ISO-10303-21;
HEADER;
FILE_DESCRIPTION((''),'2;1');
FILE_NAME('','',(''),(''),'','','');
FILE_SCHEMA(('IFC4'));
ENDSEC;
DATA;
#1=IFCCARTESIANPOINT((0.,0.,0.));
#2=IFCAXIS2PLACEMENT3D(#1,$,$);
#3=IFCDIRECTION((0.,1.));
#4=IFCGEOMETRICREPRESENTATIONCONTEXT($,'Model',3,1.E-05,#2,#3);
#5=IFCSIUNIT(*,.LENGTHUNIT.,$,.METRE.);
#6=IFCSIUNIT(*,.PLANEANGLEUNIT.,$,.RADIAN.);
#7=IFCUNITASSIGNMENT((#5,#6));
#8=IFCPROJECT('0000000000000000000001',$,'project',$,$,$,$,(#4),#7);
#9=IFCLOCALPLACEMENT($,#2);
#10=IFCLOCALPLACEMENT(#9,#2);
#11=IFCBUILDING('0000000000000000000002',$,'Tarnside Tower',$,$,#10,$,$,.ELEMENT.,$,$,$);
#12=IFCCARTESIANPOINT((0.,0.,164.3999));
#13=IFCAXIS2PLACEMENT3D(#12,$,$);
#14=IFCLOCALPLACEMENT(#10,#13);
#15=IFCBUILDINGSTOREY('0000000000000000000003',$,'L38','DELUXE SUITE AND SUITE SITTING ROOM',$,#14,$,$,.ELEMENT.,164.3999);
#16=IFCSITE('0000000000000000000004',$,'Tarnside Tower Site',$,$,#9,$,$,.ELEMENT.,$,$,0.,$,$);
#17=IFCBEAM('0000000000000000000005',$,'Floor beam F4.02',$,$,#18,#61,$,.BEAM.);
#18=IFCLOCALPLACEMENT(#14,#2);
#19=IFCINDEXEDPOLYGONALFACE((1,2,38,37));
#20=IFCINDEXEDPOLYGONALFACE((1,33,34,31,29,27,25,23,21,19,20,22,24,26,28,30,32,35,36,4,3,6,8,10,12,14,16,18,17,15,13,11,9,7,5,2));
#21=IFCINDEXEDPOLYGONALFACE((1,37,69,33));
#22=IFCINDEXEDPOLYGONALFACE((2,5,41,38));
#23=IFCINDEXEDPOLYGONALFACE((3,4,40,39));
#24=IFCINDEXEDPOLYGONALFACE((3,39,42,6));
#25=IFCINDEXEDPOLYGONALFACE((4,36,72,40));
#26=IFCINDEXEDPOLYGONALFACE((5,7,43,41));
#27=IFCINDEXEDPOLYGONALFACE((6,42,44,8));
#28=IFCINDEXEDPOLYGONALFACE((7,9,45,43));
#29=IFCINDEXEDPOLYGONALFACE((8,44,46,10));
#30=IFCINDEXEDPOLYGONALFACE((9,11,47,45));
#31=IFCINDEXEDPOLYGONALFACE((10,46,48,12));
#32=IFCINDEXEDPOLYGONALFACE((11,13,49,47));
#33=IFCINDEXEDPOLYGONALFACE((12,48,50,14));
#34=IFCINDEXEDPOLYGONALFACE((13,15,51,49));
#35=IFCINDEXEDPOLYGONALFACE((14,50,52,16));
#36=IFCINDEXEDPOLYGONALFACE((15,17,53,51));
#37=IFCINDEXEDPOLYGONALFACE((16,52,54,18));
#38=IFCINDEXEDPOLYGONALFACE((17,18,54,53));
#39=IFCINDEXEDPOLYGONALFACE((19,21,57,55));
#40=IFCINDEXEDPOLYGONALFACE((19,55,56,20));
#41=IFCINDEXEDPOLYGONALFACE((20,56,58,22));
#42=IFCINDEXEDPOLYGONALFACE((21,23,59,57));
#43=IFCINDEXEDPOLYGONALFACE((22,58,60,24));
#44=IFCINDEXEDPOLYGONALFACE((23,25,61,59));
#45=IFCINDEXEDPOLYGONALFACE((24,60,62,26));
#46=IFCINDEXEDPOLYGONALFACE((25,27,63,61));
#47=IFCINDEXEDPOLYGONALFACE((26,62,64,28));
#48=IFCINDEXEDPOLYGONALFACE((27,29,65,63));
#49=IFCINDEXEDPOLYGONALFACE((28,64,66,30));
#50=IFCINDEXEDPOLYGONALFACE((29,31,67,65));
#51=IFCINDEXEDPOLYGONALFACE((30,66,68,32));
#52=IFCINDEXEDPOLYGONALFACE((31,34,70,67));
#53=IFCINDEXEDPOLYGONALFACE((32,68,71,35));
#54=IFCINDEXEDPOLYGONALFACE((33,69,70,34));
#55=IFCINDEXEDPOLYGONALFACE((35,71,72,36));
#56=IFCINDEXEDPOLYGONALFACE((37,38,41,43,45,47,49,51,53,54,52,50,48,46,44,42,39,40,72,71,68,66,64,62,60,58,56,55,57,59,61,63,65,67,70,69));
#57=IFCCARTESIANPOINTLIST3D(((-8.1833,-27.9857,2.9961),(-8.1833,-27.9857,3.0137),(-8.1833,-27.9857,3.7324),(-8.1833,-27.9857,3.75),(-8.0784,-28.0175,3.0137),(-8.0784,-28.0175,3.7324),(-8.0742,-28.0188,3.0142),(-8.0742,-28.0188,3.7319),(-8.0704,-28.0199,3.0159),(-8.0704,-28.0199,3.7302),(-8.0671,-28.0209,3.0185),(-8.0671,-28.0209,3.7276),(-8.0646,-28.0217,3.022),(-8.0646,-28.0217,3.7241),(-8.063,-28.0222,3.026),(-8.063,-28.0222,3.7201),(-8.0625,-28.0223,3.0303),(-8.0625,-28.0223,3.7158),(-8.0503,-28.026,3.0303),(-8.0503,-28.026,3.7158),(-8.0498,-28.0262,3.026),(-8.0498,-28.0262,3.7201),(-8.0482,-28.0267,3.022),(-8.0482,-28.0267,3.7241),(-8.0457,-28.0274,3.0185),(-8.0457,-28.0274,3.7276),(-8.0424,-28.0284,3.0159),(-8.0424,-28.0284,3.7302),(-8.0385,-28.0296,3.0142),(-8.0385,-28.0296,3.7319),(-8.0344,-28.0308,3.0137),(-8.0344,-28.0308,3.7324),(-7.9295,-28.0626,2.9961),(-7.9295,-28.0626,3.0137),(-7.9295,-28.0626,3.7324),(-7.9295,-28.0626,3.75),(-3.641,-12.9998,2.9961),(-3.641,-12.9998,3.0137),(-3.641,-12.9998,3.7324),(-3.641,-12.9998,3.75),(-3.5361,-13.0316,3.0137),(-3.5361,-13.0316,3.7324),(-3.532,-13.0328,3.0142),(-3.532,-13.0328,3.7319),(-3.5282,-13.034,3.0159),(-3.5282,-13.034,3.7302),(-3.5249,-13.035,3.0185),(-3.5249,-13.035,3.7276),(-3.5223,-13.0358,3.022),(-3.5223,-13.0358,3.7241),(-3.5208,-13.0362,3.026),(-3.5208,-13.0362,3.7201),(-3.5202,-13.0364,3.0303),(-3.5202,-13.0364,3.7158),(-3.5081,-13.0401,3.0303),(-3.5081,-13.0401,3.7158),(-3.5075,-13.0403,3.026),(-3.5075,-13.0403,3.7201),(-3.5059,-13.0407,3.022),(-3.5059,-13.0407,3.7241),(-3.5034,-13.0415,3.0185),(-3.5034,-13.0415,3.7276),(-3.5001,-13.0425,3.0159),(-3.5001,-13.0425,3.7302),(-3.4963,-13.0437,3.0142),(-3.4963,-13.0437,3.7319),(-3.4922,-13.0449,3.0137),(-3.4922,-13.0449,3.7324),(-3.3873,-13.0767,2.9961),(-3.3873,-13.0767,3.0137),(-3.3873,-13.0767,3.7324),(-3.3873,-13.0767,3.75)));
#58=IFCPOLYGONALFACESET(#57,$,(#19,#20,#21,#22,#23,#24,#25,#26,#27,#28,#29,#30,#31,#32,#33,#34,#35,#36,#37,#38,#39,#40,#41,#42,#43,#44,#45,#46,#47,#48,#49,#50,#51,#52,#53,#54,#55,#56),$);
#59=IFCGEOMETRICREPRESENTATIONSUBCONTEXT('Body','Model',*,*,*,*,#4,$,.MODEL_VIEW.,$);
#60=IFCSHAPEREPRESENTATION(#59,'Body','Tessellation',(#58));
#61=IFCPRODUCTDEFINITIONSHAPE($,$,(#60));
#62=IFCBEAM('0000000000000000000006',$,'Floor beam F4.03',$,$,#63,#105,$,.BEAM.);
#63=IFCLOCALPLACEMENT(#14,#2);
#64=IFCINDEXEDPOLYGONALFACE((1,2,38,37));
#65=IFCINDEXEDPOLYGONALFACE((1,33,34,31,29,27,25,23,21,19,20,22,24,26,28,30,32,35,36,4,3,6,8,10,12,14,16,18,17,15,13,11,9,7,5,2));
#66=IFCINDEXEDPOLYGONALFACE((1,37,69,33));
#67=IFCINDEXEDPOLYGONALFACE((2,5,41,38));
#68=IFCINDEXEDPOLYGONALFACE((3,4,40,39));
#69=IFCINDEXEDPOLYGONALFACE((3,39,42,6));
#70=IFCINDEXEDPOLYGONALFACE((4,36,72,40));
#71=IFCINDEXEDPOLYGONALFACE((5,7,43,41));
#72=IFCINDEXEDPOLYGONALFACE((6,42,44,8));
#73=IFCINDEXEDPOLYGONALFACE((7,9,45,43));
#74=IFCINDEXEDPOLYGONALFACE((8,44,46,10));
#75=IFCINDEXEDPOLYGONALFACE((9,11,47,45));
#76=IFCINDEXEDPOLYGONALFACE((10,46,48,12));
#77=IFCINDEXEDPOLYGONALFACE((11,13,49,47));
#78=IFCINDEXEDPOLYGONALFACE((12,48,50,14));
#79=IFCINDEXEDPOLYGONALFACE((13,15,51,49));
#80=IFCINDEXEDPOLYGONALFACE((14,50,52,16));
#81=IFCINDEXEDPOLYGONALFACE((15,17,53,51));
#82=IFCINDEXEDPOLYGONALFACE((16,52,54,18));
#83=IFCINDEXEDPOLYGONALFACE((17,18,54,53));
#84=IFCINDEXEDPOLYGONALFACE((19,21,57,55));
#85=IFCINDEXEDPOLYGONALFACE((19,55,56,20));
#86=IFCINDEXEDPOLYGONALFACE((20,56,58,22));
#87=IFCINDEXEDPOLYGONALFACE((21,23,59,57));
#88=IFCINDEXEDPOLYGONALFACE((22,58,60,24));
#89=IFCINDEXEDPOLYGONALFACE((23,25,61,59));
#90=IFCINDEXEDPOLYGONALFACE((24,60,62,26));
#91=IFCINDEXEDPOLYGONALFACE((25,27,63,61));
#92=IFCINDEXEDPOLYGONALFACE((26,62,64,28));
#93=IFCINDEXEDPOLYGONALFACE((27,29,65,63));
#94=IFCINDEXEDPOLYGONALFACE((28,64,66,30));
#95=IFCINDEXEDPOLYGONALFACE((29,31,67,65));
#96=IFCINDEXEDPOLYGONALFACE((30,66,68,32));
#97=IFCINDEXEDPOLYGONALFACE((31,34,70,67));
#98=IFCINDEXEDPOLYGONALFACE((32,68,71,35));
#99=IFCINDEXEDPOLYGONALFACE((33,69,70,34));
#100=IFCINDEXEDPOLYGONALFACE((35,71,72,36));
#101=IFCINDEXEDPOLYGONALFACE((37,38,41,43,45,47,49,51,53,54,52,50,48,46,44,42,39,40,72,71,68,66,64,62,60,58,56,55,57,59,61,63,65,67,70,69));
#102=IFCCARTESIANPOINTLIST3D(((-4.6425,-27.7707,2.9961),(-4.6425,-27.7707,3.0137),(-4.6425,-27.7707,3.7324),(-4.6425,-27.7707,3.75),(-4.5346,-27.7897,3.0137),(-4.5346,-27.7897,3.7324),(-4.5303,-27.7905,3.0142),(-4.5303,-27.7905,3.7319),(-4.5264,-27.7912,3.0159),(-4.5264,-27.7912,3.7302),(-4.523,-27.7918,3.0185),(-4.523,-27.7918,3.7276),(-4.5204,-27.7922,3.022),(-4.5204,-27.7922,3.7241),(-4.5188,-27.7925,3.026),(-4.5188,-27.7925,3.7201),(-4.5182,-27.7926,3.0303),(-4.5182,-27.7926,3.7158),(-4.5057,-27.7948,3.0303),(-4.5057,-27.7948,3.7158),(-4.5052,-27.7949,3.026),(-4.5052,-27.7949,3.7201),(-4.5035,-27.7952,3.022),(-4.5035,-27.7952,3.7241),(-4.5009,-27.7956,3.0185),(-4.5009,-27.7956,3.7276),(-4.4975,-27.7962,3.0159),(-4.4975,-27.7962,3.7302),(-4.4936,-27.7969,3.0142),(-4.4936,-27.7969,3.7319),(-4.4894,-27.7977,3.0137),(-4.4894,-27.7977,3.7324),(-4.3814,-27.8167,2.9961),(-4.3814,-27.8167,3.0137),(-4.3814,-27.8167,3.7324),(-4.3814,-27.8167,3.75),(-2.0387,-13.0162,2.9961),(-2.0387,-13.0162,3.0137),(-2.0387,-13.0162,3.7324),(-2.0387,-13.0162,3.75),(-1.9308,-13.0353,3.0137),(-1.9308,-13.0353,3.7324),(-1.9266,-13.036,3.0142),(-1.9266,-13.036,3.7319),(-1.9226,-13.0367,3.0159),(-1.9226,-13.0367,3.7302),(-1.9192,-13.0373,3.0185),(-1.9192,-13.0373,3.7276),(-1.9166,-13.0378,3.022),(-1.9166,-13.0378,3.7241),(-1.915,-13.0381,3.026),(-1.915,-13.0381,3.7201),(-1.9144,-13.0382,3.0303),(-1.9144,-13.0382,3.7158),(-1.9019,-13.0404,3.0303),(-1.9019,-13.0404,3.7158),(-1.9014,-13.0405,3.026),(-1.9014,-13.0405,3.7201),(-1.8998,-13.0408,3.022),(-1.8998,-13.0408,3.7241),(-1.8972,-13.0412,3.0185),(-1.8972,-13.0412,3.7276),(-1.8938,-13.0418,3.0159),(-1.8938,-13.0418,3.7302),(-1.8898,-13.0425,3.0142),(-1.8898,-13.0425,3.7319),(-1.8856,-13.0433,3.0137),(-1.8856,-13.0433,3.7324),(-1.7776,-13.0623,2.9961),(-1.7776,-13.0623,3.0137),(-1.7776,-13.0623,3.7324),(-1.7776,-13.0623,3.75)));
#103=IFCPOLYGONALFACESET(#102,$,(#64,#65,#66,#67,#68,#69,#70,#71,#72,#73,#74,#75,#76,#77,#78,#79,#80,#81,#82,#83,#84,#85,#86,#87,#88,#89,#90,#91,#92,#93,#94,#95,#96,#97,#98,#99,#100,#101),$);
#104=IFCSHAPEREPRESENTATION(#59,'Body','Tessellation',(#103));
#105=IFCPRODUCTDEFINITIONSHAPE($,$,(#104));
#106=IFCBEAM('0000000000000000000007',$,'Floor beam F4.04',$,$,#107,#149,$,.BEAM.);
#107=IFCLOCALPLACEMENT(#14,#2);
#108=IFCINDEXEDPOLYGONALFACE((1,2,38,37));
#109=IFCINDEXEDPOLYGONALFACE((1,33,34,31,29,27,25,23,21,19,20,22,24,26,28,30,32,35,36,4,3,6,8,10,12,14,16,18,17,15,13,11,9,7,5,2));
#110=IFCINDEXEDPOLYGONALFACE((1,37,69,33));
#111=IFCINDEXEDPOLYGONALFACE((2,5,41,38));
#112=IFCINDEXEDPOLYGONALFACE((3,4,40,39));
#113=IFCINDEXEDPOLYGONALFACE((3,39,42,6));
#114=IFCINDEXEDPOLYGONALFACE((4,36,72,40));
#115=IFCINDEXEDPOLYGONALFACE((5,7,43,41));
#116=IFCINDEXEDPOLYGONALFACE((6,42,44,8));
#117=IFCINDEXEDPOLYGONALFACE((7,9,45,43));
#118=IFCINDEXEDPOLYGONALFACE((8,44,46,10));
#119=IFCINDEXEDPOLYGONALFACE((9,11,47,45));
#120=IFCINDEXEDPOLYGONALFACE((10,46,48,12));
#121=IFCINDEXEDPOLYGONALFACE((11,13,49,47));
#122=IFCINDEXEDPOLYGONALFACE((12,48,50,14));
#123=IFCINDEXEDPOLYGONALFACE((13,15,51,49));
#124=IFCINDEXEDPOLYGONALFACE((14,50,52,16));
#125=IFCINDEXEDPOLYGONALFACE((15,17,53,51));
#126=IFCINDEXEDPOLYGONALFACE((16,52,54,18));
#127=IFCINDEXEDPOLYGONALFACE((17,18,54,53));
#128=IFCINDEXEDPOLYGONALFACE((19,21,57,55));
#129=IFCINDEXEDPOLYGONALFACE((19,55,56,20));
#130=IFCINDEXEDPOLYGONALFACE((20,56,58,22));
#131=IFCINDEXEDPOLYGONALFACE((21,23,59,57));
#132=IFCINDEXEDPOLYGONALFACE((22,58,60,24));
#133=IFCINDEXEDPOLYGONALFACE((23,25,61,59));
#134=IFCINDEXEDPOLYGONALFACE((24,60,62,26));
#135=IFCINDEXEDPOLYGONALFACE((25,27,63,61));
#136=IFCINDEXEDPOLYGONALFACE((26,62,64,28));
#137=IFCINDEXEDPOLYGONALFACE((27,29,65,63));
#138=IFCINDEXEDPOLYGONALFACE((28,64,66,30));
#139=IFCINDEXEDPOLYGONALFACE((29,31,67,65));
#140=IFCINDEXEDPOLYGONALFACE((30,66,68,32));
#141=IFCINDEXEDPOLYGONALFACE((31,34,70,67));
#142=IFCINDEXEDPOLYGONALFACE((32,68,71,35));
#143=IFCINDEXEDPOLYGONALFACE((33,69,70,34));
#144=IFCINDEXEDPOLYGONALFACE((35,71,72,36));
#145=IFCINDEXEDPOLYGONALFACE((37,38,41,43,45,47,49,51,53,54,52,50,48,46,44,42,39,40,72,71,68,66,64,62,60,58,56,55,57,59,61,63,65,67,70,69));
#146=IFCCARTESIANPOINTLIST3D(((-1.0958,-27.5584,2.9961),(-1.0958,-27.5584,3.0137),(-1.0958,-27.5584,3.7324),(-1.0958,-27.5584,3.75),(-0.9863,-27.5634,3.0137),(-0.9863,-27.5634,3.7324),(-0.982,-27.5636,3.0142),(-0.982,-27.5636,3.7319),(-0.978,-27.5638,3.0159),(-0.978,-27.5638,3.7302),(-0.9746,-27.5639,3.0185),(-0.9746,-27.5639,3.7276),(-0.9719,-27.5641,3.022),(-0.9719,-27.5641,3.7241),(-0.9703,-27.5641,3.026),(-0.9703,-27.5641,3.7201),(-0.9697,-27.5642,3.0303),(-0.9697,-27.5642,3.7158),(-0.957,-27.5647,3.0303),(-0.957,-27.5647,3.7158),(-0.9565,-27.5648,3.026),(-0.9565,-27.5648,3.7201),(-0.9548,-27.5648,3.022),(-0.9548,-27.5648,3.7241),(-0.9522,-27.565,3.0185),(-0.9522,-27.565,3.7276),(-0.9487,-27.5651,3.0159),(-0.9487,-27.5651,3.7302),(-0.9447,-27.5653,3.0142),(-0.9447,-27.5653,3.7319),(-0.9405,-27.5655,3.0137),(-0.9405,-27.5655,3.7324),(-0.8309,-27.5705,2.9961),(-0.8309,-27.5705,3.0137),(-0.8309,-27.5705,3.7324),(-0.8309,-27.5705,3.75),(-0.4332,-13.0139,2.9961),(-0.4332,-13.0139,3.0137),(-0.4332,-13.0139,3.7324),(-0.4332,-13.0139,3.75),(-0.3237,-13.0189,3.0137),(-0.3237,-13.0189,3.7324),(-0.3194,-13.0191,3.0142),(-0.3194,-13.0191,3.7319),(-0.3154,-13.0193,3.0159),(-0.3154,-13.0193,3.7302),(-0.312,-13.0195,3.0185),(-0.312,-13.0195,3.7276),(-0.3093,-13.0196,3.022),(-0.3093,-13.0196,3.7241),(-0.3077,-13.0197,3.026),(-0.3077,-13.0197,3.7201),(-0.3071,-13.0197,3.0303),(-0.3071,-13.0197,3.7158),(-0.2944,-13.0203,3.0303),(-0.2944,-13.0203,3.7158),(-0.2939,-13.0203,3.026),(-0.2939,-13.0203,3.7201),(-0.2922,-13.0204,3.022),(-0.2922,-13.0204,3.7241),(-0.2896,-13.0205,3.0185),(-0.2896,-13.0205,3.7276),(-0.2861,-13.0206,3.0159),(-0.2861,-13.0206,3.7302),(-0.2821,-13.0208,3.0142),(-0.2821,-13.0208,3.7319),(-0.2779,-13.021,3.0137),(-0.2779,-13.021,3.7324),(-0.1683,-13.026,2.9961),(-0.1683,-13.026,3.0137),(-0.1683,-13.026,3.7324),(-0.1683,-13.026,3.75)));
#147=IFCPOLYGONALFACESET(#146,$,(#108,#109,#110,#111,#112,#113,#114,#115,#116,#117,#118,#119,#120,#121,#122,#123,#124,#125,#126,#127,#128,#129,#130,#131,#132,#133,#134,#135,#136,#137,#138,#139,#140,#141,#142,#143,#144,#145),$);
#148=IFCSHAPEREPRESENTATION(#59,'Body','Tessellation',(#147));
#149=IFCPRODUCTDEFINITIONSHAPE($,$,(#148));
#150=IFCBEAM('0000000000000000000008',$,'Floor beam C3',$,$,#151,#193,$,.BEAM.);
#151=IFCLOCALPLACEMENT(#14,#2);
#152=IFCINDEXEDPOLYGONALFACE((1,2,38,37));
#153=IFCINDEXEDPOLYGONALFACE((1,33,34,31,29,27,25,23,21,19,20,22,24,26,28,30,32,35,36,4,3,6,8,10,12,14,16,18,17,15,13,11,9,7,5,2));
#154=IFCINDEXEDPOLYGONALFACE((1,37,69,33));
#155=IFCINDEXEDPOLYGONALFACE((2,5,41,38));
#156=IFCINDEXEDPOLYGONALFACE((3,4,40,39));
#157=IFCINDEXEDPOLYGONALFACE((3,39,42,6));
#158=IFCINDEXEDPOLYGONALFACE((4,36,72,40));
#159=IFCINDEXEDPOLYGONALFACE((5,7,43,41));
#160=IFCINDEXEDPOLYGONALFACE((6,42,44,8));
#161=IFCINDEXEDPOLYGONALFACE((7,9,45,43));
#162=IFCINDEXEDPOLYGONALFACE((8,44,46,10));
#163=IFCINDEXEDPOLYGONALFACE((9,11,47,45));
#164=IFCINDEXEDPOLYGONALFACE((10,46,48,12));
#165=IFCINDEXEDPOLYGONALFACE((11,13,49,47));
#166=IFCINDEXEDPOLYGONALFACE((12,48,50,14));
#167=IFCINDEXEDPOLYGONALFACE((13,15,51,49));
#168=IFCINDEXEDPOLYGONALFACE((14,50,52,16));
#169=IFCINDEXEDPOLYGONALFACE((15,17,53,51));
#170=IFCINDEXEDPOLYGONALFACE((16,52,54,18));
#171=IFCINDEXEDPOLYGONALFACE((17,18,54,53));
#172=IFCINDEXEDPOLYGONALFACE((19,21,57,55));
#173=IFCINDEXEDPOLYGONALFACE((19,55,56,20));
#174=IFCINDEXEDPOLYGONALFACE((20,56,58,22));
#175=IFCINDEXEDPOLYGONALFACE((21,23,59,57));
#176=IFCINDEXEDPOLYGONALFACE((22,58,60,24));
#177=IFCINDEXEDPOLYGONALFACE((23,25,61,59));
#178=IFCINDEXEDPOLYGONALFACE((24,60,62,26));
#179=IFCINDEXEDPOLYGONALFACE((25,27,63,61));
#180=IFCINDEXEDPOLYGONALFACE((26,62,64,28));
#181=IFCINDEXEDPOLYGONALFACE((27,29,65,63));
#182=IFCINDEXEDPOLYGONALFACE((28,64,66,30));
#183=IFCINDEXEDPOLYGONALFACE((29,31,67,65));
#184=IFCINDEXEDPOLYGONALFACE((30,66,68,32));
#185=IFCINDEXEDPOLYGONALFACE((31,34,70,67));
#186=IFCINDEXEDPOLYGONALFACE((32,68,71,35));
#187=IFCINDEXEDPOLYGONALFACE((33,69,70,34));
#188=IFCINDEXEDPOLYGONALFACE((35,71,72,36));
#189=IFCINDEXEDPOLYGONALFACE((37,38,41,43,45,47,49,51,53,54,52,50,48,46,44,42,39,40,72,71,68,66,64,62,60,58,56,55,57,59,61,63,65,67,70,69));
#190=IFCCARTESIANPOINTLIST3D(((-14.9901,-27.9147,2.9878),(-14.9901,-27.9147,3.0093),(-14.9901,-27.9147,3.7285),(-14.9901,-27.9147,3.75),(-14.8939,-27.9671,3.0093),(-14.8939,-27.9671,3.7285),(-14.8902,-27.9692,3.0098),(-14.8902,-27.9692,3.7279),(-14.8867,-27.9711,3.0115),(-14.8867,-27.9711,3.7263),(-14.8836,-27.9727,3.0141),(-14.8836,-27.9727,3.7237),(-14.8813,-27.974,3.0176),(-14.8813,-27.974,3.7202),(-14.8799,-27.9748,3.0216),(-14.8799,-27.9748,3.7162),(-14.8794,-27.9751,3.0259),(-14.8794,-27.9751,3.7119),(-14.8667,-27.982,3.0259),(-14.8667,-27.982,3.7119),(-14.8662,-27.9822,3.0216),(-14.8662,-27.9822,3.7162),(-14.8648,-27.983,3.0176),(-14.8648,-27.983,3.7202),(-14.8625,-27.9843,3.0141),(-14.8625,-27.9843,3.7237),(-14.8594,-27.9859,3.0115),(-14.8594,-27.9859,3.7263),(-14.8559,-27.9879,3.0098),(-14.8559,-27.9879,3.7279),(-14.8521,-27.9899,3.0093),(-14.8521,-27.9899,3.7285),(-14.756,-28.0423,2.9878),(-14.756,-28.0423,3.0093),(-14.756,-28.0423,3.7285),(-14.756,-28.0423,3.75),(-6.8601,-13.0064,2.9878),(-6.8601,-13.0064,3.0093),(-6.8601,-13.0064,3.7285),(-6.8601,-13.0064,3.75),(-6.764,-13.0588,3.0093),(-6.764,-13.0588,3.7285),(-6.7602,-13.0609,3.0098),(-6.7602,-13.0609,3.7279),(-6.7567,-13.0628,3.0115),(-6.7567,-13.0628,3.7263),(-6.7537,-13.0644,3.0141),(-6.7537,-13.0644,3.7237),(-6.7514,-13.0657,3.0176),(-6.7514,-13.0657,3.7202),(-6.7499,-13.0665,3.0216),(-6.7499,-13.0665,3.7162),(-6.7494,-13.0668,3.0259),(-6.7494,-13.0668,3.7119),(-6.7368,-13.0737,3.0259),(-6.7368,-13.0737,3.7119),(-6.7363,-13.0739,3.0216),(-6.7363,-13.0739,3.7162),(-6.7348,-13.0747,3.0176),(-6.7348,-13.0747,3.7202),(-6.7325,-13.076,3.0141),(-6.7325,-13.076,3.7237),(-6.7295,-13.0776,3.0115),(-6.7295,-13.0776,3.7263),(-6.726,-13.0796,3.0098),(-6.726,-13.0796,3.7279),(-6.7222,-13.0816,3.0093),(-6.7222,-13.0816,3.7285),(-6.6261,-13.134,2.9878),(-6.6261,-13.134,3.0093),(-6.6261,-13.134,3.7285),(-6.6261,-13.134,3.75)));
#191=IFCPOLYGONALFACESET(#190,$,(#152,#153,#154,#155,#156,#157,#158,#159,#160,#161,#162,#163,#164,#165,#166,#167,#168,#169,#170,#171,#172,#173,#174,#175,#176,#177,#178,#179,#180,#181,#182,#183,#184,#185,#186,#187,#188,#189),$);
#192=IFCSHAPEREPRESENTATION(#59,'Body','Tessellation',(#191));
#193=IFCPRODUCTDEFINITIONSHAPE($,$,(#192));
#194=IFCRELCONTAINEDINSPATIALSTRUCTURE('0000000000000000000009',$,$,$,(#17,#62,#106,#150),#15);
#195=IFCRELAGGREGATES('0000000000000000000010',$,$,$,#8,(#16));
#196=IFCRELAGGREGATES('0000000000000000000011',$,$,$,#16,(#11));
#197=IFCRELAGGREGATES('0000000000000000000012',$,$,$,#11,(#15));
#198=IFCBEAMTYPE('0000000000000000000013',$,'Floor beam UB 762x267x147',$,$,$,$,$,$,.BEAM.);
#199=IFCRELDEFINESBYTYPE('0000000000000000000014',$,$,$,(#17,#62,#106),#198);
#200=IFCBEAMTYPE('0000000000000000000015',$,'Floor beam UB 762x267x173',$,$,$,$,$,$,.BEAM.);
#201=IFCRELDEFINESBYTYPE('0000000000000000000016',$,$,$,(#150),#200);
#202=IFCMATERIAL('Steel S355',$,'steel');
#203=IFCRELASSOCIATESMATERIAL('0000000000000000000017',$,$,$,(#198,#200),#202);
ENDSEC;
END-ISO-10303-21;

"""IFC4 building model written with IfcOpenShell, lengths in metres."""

from ifc_helpers import new_model, si_unit, direction, frame, origin, origin_2d, place, context, subcontext, project, spatial, i_section, extrude, material, material_profile, profile_set, type_object, element, save


model = new_model("IFC4")

# Units and contexts
model_context = context("Model", 3, precision=1e-05, world=origin(), true_north=direction((0.0, 1.0)))
body_context = subcontext(model_context, "Body", "Model", "MODEL_VIEW")
ifc_project = project(units=[si_unit("LENGTHUNIT", "METRE"), si_unit("PLANEANGLEUNIT", "RADIAN")], contexts=[model_context])

# Site, building, storey
site_placement = place(None, origin())
site = spatial("IfcSite", under=ifc_project, at=site_placement, Name="Tarnside Tower Site", CompositionType="ELEMENT", RefElevation=0.0)
building_placement = place(site_placement, origin())
building = spatial("IfcBuilding", under=site, at=building_placement, Name="Tarnside Tower", CompositionType="ELEMENT")
storey_placement = place(building_placement, frame((0.0, 0.0, 164.3999)))
storey = spatial("IfcBuildingStorey", under=building, at=storey_placement, Name="L38", Description="DELUXE SUITE AND SUITE SITTING ROOM", CompositionType="ELEMENT", Elevation=164.3999)

# Beams
ifc_material_1 = material(Name="Steel S355", Category="steel")
ifc_material_profile_1 = material_profile(ifc_material_1, i_section(OverallWidth=0.2651, OverallDepth=0.7539, WebThickness=0.0127, FlangeThickness=0.0176, FilletRadius=0.0166, at=origin_2d()), Name="UB 762x267x147")
ifc_profile_set_1 = profile_set([ifc_material_profile_1], Name="Steel S355")
beam_type_1 = type_object("IfcBeamType", Name="Floor beam UB 762x267x147", PredefinedType="BEAM", material=ifc_profile_set_1)
beam_1_placement = place(storey_placement, frame((-8.0564, -28.0242, 3.373), z_axis=(0.29007, 0.957005, 0.0), x_axis=(-0.957005, 0.29007, 0.0)))
element("IfcBeam", 1, at=beam_1_placement, inside=storey, type_object=beam_type_1, Name="Floor beam F4.02", PredefinedType="BEAM", context=body_context, shape_type="SweptSolid", body=[
    extrude(i_section(OverallWidth=0.2651, OverallDepth=0.7539, WebThickness=0.0127, FlangeThickness=0.0176, FilletRadius=0.0166, at=origin_2d()), origin(), (0.0, 0.0, 1.0), 15.6592),
])
beam_2_placement = place(storey_placement, frame((-4.512, -27.7937, 3.373), z_axis=(0.173788, 0.984783, 0.0), x_axis=(-0.984783, 0.173788, 0.0)))
element("IfcBeam", 2, at=beam_2_placement, inside=storey, type_object=beam_type_1, Name="Floor beam F4.03", PredefinedType="BEAM", context=body_context, shape_type="SweptSolid", body=[
    extrude(i_section(OverallWidth=0.2651, OverallDepth=0.7539, WebThickness=0.0127, FlangeThickness=0.0176, FilletRadius=0.0166, at=origin_2d()), origin(), (0.0, 0.0, 1.0), 14.9824),
])
beam_3_placement = place(storey_placement, frame((-0.9634, -27.5645, 3.373), z_axis=(0.04551, 0.998964, 0.0), x_axis=(-0.998964, 0.04551, 0.0)))
element("IfcBeam", 3, at=beam_3_placement, inside=storey, type_object=beam_type_1, Name="Floor beam F4.04", PredefinedType="BEAM", context=body_context, shape_type="SweptSolid", body=[
    extrude(i_section(OverallWidth=0.2651, OverallDepth=0.7539, WebThickness=0.0127, FlangeThickness=0.0176, FilletRadius=0.0166, at=origin_2d()), origin(), (0.0, 0.0, 1.0), 14.5596),
])
ifc_material_profile_2 = material_profile(ifc_material_1, i_section(OverallWidth=0.2666, OverallDepth=0.7622, WebThickness=0.0144, FlangeThickness=0.0215, FilletRadius=0.0166, at=origin_2d()), Name="UB 762x267x173")
ifc_profile_set_2 = profile_set([ifc_material_profile_2], Name="Steel S355")
beam_type_2 = type_object("IfcBeamType", Name="Floor beam UB 762x267x173", PredefinedType="BEAM", material=ifc_profile_set_2)
beam_4_placement = place(storey_placement, frame((-14.873, -27.9785, 3.3689), z_axis=(0.478768, 0.877942, 0.0), x_axis=(-0.877942, 0.478768, 0.0)))
element("IfcBeam", 4, at=beam_4_placement, inside=storey, type_object=beam_type_2, Name="Floor beam C3", PredefinedType="BEAM", context=body_context, shape_type="SweptSolid", body=[
    extrude(i_section(OverallWidth=0.2666, OverallDepth=0.7622, WebThickness=0.0144, FlangeThickness=0.0215, FilletRadius=0.0166, at=origin_2d()), origin(), (0.0, 0.0, 1.0), 16.981),
])

save(model, "model.ifc")
